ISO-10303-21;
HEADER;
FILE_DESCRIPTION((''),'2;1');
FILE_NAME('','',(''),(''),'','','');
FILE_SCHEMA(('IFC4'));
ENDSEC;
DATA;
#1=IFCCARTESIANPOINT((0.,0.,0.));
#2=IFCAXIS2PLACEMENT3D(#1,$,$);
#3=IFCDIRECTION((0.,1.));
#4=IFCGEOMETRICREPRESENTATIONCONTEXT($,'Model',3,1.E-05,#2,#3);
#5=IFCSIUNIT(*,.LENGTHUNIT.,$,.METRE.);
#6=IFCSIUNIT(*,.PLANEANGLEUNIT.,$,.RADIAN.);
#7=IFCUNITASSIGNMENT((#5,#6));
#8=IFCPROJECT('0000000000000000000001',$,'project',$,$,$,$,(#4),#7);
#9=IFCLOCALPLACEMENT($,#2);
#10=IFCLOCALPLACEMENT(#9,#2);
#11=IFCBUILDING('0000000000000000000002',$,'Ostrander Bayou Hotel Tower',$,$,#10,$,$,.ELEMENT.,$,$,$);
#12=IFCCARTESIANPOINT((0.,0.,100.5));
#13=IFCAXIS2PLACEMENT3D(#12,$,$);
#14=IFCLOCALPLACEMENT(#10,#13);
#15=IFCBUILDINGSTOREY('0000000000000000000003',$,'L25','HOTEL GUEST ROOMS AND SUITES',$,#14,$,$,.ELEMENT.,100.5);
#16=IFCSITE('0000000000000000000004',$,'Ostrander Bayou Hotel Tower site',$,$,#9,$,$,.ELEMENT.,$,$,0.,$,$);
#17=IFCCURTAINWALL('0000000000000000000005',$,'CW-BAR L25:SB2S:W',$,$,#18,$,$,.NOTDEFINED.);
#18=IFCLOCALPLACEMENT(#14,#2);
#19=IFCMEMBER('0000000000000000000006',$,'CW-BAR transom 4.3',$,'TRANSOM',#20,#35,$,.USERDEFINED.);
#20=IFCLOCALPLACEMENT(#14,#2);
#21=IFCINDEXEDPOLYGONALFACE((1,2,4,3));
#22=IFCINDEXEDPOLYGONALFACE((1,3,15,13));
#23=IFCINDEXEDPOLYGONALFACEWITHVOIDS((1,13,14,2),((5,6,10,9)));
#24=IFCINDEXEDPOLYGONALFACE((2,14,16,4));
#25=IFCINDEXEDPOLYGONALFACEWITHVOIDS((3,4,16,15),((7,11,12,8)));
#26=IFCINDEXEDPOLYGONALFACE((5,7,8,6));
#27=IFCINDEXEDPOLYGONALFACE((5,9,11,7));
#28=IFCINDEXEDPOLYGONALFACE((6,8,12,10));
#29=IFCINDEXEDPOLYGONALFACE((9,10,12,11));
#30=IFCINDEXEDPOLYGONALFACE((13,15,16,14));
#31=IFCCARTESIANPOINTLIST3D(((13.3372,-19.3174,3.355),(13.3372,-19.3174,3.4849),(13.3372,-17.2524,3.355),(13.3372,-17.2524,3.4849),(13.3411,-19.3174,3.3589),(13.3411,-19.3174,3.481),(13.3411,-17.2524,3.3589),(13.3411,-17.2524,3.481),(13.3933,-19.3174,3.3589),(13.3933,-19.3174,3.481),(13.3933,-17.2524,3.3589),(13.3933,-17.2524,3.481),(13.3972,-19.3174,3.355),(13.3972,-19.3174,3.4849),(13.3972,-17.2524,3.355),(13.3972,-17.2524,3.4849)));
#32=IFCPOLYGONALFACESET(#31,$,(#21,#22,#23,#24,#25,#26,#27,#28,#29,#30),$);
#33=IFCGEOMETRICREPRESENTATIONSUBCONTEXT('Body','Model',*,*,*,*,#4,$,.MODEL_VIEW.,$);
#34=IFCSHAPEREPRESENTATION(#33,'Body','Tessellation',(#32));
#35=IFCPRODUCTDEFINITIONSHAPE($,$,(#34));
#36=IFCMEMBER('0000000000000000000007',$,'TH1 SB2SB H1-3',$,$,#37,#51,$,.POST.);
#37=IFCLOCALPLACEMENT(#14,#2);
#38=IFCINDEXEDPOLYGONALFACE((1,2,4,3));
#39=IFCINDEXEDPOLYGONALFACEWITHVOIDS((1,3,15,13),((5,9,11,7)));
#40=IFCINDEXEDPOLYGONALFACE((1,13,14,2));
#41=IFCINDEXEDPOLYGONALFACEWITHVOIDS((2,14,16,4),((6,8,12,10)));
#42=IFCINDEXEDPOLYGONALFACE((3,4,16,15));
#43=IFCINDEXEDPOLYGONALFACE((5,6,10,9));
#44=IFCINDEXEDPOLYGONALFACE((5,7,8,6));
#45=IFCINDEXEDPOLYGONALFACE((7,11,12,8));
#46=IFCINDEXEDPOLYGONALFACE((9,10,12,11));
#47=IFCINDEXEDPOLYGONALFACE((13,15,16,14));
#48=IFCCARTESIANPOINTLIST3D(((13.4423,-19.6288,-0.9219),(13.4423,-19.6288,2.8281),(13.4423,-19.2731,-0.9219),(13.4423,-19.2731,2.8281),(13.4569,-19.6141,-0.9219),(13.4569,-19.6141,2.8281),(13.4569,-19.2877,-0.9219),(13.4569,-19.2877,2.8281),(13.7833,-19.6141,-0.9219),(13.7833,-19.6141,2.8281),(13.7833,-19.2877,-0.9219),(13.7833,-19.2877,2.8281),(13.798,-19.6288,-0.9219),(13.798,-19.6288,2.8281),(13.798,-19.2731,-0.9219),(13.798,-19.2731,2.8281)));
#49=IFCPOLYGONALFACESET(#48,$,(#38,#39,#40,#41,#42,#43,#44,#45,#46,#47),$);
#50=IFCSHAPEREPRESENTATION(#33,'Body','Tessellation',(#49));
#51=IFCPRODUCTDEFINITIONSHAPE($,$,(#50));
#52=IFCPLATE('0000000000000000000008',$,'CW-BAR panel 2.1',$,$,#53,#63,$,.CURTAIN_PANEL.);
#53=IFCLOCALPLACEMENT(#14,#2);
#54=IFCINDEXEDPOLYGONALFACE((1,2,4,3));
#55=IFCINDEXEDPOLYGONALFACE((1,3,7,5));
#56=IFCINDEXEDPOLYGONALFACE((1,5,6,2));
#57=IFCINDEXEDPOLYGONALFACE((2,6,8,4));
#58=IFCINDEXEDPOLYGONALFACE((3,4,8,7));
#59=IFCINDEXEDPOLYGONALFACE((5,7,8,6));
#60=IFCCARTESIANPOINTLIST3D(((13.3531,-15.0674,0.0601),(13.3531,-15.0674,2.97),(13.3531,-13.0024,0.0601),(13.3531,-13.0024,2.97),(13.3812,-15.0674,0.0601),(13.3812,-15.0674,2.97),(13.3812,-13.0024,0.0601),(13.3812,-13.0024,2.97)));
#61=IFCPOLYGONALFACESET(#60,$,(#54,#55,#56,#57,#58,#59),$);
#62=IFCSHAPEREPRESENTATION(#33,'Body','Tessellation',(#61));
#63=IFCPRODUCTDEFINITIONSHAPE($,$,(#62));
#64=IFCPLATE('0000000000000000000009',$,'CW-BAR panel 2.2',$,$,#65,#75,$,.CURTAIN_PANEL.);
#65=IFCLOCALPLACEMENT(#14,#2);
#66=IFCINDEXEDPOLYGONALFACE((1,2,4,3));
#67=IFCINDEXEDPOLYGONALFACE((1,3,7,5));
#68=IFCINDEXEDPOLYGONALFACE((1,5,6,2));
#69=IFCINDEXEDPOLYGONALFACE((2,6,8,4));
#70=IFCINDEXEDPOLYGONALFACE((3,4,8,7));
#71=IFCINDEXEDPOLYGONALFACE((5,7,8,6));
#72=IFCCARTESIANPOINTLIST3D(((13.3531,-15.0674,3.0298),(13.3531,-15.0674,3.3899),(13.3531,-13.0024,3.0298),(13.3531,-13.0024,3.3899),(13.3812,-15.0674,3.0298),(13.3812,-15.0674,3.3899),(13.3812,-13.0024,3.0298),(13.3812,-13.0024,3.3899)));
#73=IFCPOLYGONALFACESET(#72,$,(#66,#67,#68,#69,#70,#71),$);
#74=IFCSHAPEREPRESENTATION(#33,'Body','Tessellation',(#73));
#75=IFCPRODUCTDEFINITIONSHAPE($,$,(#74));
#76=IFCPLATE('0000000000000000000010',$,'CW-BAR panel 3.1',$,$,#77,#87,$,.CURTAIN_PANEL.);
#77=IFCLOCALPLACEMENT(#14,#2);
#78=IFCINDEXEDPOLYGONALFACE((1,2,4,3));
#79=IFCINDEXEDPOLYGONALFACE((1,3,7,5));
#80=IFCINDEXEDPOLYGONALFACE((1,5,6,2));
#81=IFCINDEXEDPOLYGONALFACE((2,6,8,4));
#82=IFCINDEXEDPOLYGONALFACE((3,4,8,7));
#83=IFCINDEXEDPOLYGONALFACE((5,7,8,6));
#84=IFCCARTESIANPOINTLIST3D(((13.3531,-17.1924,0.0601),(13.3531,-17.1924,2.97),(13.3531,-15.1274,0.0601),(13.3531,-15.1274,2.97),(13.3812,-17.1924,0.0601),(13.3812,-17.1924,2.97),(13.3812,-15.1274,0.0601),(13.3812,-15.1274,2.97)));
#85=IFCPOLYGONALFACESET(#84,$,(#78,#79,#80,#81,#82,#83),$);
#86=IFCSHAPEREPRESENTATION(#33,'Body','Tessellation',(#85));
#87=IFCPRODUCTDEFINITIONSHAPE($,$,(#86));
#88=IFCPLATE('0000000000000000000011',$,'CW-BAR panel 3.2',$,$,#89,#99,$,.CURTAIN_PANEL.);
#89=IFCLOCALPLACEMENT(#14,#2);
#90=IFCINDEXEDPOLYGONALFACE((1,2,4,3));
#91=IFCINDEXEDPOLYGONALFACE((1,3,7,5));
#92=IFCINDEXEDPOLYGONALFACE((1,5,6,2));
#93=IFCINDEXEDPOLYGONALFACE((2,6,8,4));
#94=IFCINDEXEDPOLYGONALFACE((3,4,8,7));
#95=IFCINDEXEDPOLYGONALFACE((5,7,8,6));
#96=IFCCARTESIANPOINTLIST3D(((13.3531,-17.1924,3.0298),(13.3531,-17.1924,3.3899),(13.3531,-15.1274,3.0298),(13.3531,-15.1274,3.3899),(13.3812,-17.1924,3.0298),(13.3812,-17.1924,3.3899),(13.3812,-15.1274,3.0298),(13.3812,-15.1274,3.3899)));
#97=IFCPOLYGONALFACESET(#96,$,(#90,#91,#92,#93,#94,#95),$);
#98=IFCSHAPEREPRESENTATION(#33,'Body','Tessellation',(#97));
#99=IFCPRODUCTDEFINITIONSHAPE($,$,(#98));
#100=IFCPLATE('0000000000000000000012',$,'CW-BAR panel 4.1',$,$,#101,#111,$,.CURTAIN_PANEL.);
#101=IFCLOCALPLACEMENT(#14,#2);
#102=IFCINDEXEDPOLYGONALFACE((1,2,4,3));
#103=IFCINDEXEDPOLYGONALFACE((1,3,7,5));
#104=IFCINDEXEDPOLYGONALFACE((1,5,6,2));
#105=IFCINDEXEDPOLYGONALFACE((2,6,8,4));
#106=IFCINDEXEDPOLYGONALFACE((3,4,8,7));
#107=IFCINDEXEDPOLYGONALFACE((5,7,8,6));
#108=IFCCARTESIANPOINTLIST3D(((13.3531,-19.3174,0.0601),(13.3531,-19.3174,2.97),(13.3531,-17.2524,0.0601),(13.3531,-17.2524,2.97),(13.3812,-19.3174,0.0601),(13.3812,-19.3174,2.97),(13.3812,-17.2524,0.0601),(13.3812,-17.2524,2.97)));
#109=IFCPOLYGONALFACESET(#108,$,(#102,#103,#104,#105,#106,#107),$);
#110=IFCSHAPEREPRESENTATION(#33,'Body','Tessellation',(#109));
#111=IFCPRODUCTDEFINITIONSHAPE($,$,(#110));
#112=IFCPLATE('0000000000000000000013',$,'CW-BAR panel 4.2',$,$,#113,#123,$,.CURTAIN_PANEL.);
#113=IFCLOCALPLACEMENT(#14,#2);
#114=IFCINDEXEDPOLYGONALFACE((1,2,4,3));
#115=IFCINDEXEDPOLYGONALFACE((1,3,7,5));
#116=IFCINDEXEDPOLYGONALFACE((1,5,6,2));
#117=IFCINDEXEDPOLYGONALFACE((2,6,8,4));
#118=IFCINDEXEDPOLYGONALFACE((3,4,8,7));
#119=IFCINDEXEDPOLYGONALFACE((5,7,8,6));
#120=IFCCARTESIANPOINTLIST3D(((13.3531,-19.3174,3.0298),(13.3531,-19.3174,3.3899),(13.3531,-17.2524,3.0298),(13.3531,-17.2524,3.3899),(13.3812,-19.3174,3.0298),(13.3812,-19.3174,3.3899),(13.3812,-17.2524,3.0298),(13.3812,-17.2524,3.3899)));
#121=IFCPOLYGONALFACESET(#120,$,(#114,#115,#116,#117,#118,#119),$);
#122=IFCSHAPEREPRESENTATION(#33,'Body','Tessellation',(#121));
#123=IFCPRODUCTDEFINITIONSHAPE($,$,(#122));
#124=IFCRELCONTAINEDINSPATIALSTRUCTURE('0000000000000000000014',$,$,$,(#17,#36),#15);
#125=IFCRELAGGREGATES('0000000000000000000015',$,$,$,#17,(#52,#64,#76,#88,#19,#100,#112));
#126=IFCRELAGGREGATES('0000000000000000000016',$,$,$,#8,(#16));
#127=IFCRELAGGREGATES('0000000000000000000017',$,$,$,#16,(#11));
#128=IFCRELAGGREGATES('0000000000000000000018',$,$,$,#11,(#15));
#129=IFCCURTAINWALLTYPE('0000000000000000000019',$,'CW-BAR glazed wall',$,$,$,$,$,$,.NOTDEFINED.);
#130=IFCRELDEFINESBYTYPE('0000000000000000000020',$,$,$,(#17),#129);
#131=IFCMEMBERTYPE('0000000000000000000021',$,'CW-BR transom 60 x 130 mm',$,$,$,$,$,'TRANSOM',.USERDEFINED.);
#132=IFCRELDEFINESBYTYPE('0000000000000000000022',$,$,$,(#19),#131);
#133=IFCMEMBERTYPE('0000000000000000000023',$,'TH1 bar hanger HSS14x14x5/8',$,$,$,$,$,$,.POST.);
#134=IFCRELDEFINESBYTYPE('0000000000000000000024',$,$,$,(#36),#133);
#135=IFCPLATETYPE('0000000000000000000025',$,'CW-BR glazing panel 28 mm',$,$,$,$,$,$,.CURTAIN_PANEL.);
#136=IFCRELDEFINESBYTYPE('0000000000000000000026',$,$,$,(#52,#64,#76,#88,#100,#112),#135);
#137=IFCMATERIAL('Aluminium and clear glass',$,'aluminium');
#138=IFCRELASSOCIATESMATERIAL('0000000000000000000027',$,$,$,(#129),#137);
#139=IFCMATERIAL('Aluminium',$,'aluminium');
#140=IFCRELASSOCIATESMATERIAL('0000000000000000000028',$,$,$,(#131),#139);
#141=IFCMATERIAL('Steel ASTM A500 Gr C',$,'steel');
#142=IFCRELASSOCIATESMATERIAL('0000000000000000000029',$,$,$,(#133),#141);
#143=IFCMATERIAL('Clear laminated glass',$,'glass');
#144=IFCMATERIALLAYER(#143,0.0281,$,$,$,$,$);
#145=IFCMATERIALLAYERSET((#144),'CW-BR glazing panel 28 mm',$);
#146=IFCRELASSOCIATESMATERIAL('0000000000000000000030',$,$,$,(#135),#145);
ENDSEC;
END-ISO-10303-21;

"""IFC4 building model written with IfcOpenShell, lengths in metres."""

from ifc_helpers import new_model, si_unit, direction, frame, origin, origin_2d, place, context, subcontext, project, spatial, rectangle, hollow_rectangle, extrude, material, layer, layer_set, material_profile, profile_set, type_object, element, aggregate, save


model = new_model("IFC4")

# Units and contexts
model_context = context("Model", 3, precision=1e-05, world=origin(), true_north=direction((0.0, 1.0)))
body_context = subcontext(model_context, "Body", "Model", "MODEL_VIEW")
ifc_project = project(units=[si_unit("LENGTHUNIT", "METRE"), si_unit("PLANEANGLEUNIT", "RADIAN")], contexts=[model_context])

# Site, building, storey
site_placement = place(None, origin())
site = spatial("IfcSite", under=ifc_project, at=site_placement, Name="Ostrander Bayou Hotel Tower site", CompositionType="ELEMENT", RefElevation=0.0)
building_placement = place(site_placement, origin())
building = spatial("IfcBuilding", under=site, at=building_placement, Name="Ostrander Bayou Hotel Tower", CompositionType="ELEMENT")
storey_placement = place(building_placement, frame((0.0, 0.0, 100.5)))
storey = spatial("IfcBuildingStorey", under=building, at=storey_placement, Name="L25", Description="HOTEL GUEST ROOMS AND SUITES", CompositionType="ELEMENT", Elevation=100.5)

# Curtain wall, member
ifc_material_1 = material(Name="Aluminium and clear glass", Category="aluminium")
curtain_wall_type = type_object("IfcCurtainWallType", Name="CW-BAR glazed wall", PredefinedType="NOTDEFINED", material=ifc_material_1)
curtain_wall_placement = place(storey_placement, origin())
curtain_wall = element("IfcCurtainWall", 1, at=curtain_wall_placement, inside=storey, type_object=curtain_wall_type, Name="CW-BAR L25:SB2S:W", PredefinedType="NOTDEFINED")
ifc_material_2 = material(Name="Aluminium", Category="aluminium")
ifc_material_profile_1 = material_profile(ifc_material_2, hollow_rectangle(XDim=0.0601, YDim=0.1299, WallThickness=0.0039, at=origin_2d()))
ifc_profile_set_1 = profile_set([ifc_material_profile_1], Name="Aluminium")
member_type_1 = type_object("IfcMemberType", Name="CW-BR transom 60 x 130 mm", ElementType="TRANSOM", PredefinedType="USERDEFINED", material=ifc_profile_set_1)
member_1_placement = place(storey_placement, frame((13.3672, -17.2524, 3.4199), z_axis=(0.0, -1.0, 0.0), x_axis=(1.0, 0.0, 0.0)))
member_1 = element("IfcMember", 2, at=member_1_placement, type_object=member_type_1, Name="CW-BAR transom 4.3", ObjectType="TRANSOM", PredefinedType="USERDEFINED", context=body_context, shape_type="SweptSolid", body=[
    extrude(hollow_rectangle(XDim=0.0601, YDim=0.1299, WallThickness=0.0039, at=origin_2d()), origin(), (0.0, 0.0, 1.0), 2.0649),
])

# Member
ifc_material_3 = material(Name="Steel ASTM A500 Gr C", Category="steel")
ifc_material_profile_2 = material_profile(ifc_material_3, hollow_rectangle(XDim=0.3557, YDim=0.3557, WallThickness=0.0146, at=origin_2d()))
ifc_profile_set_2 = profile_set([ifc_material_profile_2], Name="Steel ASTM A500 Gr C")
member_type_2 = type_object("IfcMemberType", Name="TH1 bar hanger HSS14x14x5/8", PredefinedType="POST", material=ifc_profile_set_2)
member_2_placement = place(storey_placement, frame((13.6201, -19.4509, -0.9219), z_axis=(0.0, 0.0, 1.0), x_axis=(1.0, 0.0, 0.0)))
element("IfcMember", 3, at=member_2_placement, inside=storey, type_object=member_type_2, Name="TH1 SB2SB H1-3", PredefinedType="POST", context=body_context, shape_type="SweptSolid", body=[
    extrude(hollow_rectangle(XDim=0.3557, YDim=0.3557, WallThickness=0.0146, at=origin_2d()), origin(), (0.0, 0.0, 1.0), 3.75),
])

# Plates
ifc_material_4 = material(Name="Clear laminated glass", Category="glass")
ifc_layer = layer(ifc_material_4, 0.0281)
ifc_layer_set = layer_set([ifc_layer], Name="CW-BR glazing panel 28 mm")
plate_type = type_object("IfcPlateType", Name="CW-BR glazing panel 28 mm", PredefinedType="CURTAIN_PANEL", material=ifc_layer_set)
plate_1_placement = place(storey_placement, frame((13.3672, -14.0349, 0.0601), z_axis=(0.0, 0.0, 1.0), x_axis=(0.0, -1.0, 0.0)))
plate_1 = element("IfcPlate", 4, at=plate_1_placement, type_object=plate_type, Name="CW-BAR panel 2.1", PredefinedType="CURTAIN_PANEL", context=body_context, shape_type="SweptSolid", body=[
    extrude(rectangle(XDim=2.0649, YDim=0.0281, at=origin_2d()), origin(), (0.0, 0.0, 1.0), 2.9099),
])
plate_2_placement = place(storey_placement, frame((13.3672, -14.0349, 3.0298), z_axis=(0.0, 0.0, 1.0), x_axis=(0.0, -1.0, 0.0)))
plate_2 = element("IfcPlate", 5, at=plate_2_placement, type_object=plate_type, Name="CW-BAR panel 2.2", PredefinedType="CURTAIN_PANEL", context=body_context, shape_type="SweptSolid", body=[
    extrude(rectangle(XDim=2.0649, YDim=0.0281, at=origin_2d()), origin(), (0.0, 0.0, 1.0), 0.3601),
])
plate_3_placement = place(storey_placement, frame((13.3672, -16.1599, 0.0601), z_axis=(0.0, 0.0, 1.0), x_axis=(0.0, -1.0, 0.0)))
plate_3 = element("IfcPlate", 6, at=plate_3_placement, type_object=plate_type, Name="CW-BAR panel 3.1", PredefinedType="CURTAIN_PANEL", context=body_context, shape_type="SweptSolid", body=[
    extrude(rectangle(XDim=2.0649, YDim=0.0281, at=origin_2d()), origin(), (0.0, 0.0, 1.0), 2.9099),
])
plate_4_placement = place(storey_placement, frame((13.3672, -16.1599, 3.0298), z_axis=(0.0, 0.0, 1.0), x_axis=(0.0, -1.0, 0.0)))
plate_4 = element("IfcPlate", 7, at=plate_4_placement, type_object=plate_type, Name="CW-BAR panel 3.2", PredefinedType="CURTAIN_PANEL", context=body_context, shape_type="SweptSolid", body=[
    extrude(rectangle(XDim=2.0649, YDim=0.0281, at=origin_2d()), origin(), (0.0, 0.0, 1.0), 0.3601),
])
plate_5_placement = place(storey_placement, frame((13.3672, -18.2849, 0.0601), z_axis=(0.0, 0.0, 1.0), x_axis=(0.0, -1.0, 0.0)))
plate_5 = element("IfcPlate", 8, at=plate_5_placement, type_object=plate_type, Name="CW-BAR panel 4.1", PredefinedType="CURTAIN_PANEL", context=body_context, shape_type="SweptSolid", body=[
    extrude(rectangle(XDim=2.0649, YDim=0.0281, at=origin_2d()), origin(), (0.0, 0.0, 1.0), 2.9099),
])
plate_6_placement = place(storey_placement, frame((13.3672, -18.2849, 3.0298), z_axis=(0.0, 0.0, 1.0), x_axis=(0.0, -1.0, 0.0)))
plate_6 = element("IfcPlate", 9, at=plate_6_placement, type_object=plate_type, Name="CW-BAR panel 4.2", PredefinedType="CURTAIN_PANEL", context=body_context, shape_type="SweptSolid", body=[
    extrude(rectangle(XDim=2.0649, YDim=0.0281, at=origin_2d()), origin(), (0.0, 0.0, 1.0), 0.3601),
])
aggregate(curtain_wall, [plate_1, plate_2, plate_3, plate_4, member_1, plate_5, plate_6])

save(model, "model.ifc")
